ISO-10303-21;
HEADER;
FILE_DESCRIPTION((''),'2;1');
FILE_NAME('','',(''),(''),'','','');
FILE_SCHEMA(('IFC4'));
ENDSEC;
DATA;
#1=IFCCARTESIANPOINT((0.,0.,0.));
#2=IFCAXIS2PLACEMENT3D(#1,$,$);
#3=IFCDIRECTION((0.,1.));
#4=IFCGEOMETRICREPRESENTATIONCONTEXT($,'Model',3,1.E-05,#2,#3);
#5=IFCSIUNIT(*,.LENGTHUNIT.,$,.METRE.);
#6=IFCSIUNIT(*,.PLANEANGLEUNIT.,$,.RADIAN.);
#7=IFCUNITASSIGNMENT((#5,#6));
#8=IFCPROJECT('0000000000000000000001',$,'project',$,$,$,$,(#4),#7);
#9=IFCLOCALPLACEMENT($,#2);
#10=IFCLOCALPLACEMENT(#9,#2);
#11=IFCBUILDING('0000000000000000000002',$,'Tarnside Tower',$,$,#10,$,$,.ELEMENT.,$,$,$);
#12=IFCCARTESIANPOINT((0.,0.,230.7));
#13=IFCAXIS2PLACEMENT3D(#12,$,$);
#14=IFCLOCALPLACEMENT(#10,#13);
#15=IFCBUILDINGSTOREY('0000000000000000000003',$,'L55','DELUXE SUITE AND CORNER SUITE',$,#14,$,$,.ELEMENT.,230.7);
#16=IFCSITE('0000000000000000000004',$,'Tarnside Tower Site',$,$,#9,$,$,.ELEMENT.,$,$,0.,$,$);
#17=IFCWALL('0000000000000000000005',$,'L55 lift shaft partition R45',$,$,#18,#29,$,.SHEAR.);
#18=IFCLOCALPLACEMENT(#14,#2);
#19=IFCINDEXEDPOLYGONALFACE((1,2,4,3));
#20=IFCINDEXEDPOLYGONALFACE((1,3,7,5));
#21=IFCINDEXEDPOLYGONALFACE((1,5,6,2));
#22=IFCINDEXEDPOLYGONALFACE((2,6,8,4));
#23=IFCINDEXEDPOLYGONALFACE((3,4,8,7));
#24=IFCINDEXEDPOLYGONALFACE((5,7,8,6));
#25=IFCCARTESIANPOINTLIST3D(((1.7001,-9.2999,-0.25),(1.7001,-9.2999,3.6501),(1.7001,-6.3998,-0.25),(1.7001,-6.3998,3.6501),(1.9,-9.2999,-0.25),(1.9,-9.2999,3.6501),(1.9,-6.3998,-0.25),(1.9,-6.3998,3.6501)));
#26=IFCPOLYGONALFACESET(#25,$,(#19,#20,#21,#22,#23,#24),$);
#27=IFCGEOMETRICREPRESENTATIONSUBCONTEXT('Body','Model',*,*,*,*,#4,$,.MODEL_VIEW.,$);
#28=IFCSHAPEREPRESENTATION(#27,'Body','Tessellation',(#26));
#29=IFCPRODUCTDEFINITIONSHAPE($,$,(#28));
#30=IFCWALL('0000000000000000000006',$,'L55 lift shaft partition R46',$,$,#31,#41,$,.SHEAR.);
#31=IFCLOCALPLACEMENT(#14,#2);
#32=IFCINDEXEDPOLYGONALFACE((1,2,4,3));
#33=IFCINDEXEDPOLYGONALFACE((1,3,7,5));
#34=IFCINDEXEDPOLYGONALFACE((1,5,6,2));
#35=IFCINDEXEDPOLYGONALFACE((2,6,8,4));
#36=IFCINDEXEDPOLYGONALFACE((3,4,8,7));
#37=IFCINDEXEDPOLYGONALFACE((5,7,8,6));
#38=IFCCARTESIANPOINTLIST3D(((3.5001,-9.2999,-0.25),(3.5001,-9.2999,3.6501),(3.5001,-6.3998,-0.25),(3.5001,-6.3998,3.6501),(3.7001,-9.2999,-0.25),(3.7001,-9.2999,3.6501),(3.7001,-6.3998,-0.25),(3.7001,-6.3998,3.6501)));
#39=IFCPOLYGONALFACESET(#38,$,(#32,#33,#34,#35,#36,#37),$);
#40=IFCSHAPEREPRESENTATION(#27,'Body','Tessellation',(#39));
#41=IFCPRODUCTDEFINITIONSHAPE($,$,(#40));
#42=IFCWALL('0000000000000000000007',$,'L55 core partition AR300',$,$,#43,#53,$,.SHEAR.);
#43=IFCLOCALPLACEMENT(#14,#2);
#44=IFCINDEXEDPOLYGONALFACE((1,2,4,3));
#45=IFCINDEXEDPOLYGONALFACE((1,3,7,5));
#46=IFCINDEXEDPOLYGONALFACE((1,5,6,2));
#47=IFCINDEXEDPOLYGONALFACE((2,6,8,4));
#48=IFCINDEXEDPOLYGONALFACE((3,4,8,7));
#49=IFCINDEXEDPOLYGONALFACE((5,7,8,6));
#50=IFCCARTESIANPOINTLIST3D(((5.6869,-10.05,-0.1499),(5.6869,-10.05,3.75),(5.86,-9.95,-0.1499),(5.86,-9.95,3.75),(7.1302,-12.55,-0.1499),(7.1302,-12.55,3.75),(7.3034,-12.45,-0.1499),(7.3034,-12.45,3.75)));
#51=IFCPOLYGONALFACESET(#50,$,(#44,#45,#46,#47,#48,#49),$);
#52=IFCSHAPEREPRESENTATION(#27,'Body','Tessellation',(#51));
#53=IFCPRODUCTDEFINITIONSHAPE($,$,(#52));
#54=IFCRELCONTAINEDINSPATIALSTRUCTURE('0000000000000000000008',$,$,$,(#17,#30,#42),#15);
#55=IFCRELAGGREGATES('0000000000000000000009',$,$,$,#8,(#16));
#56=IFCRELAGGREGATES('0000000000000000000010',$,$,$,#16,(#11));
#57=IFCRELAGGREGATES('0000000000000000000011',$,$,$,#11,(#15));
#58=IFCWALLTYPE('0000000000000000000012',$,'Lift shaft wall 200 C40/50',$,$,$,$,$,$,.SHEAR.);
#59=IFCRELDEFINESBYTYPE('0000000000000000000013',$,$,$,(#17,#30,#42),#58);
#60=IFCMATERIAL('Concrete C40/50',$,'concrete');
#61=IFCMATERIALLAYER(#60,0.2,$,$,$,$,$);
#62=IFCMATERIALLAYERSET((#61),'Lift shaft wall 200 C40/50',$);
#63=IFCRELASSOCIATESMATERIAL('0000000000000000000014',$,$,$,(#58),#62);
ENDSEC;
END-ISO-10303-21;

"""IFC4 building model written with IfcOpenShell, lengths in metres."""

from ifc_helpers import new_model, si_unit, direction, frame, frame_2d, origin, place, context, subcontext, project, spatial, rectangle, extrude, material, layer, layer_set, type_object, element, save


model = new_model("IFC4")

# Units and contexts
model_context = context("Model", 3, precision=1e-05, world=origin(), true_north=direction((0.0, 1.0)))
body_context = subcontext(model_context, "Body", "Model", "MODEL_VIEW")
ifc_project = project(units=[si_unit("LENGTHUNIT", "METRE"), si_unit("PLANEANGLEUNIT", "RADIAN")], contexts=[model_context])

# Site, building, storey
site_placement = place(None, origin())
site = spatial("IfcSite", under=ifc_project, at=site_placement, Name="Tarnside Tower Site", CompositionType="ELEMENT", RefElevation=0.0)
building_placement = place(site_placement, origin())
building = spatial("IfcBuilding", under=site, at=building_placement, Name="Tarnside Tower", CompositionType="ELEMENT")
storey_placement = place(building_placement, frame((0.0, 0.0, 230.7)))
storey = spatial("IfcBuildingStorey", under=building, at=storey_placement, Name="L55", Description="DELUXE SUITE AND CORNER SUITE", CompositionType="ELEMENT", Elevation=230.7)

# Walls
ifc_material_1 = material(Name="Concrete C40/50", Category="concrete")
ifc_layer_1 = layer(ifc_material_1, 0.2)
ifc_layer_set_1 = layer_set([ifc_layer_1], Name="Lift shaft wall 200 C40/50")
wall_type_1 = type_object("IfcWallType", Name="Lift shaft wall 200 C40/50", PredefinedType="SHEAR", material=ifc_layer_set_1)
for number, where, z_axis, x_axis, name in (
    (1, (1.8, -9.3, -0.25), (0.0, 0.0, 1.0), (0.0, 1.0, 0.0), "L55 lift shaft partition R45"),
    (2, (3.6001, -9.3, -0.25), (0.0, 0.0, 1.0), (0.0, 1.0, 0.0), "L55 lift shaft partition R46"),
):
    element("IfcWall", number, at=place(storey_placement, frame(where, z_axis=z_axis, x_axis=x_axis)), inside=storey, type_object=wall_type_1, Name=name, PredefinedType="SHEAR", context=body_context, shape_type="SweptSolid", body=[
        extrude(rectangle(XDim=2.9001, YDim=0.2, at=frame_2d((1.4502, 0.0))), origin(), (0.0, 0.0, 1.0), 3.9001),
    ])
wall_1_placement = place(storey_placement, frame((5.7734, -10.0, -0.1499), z_axis=(0.0, 0.0, 1.0), x_axis=(0.499996, -0.866028, 0.0)))
element("IfcWall", 3, at=wall_1_placement, inside=storey, type_object=wall_type_1, Name="L55 core partition AR300", PredefinedType="SHEAR", context=body_context, shape_type="SweptSolid", body=[
    extrude(rectangle(XDim=2.8867, YDim=0.2, at=frame_2d((1.4434, 0.0))), origin(), (0.0, 0.0, 1.0), 3.8999),
])

save(model, "model.ifc")
